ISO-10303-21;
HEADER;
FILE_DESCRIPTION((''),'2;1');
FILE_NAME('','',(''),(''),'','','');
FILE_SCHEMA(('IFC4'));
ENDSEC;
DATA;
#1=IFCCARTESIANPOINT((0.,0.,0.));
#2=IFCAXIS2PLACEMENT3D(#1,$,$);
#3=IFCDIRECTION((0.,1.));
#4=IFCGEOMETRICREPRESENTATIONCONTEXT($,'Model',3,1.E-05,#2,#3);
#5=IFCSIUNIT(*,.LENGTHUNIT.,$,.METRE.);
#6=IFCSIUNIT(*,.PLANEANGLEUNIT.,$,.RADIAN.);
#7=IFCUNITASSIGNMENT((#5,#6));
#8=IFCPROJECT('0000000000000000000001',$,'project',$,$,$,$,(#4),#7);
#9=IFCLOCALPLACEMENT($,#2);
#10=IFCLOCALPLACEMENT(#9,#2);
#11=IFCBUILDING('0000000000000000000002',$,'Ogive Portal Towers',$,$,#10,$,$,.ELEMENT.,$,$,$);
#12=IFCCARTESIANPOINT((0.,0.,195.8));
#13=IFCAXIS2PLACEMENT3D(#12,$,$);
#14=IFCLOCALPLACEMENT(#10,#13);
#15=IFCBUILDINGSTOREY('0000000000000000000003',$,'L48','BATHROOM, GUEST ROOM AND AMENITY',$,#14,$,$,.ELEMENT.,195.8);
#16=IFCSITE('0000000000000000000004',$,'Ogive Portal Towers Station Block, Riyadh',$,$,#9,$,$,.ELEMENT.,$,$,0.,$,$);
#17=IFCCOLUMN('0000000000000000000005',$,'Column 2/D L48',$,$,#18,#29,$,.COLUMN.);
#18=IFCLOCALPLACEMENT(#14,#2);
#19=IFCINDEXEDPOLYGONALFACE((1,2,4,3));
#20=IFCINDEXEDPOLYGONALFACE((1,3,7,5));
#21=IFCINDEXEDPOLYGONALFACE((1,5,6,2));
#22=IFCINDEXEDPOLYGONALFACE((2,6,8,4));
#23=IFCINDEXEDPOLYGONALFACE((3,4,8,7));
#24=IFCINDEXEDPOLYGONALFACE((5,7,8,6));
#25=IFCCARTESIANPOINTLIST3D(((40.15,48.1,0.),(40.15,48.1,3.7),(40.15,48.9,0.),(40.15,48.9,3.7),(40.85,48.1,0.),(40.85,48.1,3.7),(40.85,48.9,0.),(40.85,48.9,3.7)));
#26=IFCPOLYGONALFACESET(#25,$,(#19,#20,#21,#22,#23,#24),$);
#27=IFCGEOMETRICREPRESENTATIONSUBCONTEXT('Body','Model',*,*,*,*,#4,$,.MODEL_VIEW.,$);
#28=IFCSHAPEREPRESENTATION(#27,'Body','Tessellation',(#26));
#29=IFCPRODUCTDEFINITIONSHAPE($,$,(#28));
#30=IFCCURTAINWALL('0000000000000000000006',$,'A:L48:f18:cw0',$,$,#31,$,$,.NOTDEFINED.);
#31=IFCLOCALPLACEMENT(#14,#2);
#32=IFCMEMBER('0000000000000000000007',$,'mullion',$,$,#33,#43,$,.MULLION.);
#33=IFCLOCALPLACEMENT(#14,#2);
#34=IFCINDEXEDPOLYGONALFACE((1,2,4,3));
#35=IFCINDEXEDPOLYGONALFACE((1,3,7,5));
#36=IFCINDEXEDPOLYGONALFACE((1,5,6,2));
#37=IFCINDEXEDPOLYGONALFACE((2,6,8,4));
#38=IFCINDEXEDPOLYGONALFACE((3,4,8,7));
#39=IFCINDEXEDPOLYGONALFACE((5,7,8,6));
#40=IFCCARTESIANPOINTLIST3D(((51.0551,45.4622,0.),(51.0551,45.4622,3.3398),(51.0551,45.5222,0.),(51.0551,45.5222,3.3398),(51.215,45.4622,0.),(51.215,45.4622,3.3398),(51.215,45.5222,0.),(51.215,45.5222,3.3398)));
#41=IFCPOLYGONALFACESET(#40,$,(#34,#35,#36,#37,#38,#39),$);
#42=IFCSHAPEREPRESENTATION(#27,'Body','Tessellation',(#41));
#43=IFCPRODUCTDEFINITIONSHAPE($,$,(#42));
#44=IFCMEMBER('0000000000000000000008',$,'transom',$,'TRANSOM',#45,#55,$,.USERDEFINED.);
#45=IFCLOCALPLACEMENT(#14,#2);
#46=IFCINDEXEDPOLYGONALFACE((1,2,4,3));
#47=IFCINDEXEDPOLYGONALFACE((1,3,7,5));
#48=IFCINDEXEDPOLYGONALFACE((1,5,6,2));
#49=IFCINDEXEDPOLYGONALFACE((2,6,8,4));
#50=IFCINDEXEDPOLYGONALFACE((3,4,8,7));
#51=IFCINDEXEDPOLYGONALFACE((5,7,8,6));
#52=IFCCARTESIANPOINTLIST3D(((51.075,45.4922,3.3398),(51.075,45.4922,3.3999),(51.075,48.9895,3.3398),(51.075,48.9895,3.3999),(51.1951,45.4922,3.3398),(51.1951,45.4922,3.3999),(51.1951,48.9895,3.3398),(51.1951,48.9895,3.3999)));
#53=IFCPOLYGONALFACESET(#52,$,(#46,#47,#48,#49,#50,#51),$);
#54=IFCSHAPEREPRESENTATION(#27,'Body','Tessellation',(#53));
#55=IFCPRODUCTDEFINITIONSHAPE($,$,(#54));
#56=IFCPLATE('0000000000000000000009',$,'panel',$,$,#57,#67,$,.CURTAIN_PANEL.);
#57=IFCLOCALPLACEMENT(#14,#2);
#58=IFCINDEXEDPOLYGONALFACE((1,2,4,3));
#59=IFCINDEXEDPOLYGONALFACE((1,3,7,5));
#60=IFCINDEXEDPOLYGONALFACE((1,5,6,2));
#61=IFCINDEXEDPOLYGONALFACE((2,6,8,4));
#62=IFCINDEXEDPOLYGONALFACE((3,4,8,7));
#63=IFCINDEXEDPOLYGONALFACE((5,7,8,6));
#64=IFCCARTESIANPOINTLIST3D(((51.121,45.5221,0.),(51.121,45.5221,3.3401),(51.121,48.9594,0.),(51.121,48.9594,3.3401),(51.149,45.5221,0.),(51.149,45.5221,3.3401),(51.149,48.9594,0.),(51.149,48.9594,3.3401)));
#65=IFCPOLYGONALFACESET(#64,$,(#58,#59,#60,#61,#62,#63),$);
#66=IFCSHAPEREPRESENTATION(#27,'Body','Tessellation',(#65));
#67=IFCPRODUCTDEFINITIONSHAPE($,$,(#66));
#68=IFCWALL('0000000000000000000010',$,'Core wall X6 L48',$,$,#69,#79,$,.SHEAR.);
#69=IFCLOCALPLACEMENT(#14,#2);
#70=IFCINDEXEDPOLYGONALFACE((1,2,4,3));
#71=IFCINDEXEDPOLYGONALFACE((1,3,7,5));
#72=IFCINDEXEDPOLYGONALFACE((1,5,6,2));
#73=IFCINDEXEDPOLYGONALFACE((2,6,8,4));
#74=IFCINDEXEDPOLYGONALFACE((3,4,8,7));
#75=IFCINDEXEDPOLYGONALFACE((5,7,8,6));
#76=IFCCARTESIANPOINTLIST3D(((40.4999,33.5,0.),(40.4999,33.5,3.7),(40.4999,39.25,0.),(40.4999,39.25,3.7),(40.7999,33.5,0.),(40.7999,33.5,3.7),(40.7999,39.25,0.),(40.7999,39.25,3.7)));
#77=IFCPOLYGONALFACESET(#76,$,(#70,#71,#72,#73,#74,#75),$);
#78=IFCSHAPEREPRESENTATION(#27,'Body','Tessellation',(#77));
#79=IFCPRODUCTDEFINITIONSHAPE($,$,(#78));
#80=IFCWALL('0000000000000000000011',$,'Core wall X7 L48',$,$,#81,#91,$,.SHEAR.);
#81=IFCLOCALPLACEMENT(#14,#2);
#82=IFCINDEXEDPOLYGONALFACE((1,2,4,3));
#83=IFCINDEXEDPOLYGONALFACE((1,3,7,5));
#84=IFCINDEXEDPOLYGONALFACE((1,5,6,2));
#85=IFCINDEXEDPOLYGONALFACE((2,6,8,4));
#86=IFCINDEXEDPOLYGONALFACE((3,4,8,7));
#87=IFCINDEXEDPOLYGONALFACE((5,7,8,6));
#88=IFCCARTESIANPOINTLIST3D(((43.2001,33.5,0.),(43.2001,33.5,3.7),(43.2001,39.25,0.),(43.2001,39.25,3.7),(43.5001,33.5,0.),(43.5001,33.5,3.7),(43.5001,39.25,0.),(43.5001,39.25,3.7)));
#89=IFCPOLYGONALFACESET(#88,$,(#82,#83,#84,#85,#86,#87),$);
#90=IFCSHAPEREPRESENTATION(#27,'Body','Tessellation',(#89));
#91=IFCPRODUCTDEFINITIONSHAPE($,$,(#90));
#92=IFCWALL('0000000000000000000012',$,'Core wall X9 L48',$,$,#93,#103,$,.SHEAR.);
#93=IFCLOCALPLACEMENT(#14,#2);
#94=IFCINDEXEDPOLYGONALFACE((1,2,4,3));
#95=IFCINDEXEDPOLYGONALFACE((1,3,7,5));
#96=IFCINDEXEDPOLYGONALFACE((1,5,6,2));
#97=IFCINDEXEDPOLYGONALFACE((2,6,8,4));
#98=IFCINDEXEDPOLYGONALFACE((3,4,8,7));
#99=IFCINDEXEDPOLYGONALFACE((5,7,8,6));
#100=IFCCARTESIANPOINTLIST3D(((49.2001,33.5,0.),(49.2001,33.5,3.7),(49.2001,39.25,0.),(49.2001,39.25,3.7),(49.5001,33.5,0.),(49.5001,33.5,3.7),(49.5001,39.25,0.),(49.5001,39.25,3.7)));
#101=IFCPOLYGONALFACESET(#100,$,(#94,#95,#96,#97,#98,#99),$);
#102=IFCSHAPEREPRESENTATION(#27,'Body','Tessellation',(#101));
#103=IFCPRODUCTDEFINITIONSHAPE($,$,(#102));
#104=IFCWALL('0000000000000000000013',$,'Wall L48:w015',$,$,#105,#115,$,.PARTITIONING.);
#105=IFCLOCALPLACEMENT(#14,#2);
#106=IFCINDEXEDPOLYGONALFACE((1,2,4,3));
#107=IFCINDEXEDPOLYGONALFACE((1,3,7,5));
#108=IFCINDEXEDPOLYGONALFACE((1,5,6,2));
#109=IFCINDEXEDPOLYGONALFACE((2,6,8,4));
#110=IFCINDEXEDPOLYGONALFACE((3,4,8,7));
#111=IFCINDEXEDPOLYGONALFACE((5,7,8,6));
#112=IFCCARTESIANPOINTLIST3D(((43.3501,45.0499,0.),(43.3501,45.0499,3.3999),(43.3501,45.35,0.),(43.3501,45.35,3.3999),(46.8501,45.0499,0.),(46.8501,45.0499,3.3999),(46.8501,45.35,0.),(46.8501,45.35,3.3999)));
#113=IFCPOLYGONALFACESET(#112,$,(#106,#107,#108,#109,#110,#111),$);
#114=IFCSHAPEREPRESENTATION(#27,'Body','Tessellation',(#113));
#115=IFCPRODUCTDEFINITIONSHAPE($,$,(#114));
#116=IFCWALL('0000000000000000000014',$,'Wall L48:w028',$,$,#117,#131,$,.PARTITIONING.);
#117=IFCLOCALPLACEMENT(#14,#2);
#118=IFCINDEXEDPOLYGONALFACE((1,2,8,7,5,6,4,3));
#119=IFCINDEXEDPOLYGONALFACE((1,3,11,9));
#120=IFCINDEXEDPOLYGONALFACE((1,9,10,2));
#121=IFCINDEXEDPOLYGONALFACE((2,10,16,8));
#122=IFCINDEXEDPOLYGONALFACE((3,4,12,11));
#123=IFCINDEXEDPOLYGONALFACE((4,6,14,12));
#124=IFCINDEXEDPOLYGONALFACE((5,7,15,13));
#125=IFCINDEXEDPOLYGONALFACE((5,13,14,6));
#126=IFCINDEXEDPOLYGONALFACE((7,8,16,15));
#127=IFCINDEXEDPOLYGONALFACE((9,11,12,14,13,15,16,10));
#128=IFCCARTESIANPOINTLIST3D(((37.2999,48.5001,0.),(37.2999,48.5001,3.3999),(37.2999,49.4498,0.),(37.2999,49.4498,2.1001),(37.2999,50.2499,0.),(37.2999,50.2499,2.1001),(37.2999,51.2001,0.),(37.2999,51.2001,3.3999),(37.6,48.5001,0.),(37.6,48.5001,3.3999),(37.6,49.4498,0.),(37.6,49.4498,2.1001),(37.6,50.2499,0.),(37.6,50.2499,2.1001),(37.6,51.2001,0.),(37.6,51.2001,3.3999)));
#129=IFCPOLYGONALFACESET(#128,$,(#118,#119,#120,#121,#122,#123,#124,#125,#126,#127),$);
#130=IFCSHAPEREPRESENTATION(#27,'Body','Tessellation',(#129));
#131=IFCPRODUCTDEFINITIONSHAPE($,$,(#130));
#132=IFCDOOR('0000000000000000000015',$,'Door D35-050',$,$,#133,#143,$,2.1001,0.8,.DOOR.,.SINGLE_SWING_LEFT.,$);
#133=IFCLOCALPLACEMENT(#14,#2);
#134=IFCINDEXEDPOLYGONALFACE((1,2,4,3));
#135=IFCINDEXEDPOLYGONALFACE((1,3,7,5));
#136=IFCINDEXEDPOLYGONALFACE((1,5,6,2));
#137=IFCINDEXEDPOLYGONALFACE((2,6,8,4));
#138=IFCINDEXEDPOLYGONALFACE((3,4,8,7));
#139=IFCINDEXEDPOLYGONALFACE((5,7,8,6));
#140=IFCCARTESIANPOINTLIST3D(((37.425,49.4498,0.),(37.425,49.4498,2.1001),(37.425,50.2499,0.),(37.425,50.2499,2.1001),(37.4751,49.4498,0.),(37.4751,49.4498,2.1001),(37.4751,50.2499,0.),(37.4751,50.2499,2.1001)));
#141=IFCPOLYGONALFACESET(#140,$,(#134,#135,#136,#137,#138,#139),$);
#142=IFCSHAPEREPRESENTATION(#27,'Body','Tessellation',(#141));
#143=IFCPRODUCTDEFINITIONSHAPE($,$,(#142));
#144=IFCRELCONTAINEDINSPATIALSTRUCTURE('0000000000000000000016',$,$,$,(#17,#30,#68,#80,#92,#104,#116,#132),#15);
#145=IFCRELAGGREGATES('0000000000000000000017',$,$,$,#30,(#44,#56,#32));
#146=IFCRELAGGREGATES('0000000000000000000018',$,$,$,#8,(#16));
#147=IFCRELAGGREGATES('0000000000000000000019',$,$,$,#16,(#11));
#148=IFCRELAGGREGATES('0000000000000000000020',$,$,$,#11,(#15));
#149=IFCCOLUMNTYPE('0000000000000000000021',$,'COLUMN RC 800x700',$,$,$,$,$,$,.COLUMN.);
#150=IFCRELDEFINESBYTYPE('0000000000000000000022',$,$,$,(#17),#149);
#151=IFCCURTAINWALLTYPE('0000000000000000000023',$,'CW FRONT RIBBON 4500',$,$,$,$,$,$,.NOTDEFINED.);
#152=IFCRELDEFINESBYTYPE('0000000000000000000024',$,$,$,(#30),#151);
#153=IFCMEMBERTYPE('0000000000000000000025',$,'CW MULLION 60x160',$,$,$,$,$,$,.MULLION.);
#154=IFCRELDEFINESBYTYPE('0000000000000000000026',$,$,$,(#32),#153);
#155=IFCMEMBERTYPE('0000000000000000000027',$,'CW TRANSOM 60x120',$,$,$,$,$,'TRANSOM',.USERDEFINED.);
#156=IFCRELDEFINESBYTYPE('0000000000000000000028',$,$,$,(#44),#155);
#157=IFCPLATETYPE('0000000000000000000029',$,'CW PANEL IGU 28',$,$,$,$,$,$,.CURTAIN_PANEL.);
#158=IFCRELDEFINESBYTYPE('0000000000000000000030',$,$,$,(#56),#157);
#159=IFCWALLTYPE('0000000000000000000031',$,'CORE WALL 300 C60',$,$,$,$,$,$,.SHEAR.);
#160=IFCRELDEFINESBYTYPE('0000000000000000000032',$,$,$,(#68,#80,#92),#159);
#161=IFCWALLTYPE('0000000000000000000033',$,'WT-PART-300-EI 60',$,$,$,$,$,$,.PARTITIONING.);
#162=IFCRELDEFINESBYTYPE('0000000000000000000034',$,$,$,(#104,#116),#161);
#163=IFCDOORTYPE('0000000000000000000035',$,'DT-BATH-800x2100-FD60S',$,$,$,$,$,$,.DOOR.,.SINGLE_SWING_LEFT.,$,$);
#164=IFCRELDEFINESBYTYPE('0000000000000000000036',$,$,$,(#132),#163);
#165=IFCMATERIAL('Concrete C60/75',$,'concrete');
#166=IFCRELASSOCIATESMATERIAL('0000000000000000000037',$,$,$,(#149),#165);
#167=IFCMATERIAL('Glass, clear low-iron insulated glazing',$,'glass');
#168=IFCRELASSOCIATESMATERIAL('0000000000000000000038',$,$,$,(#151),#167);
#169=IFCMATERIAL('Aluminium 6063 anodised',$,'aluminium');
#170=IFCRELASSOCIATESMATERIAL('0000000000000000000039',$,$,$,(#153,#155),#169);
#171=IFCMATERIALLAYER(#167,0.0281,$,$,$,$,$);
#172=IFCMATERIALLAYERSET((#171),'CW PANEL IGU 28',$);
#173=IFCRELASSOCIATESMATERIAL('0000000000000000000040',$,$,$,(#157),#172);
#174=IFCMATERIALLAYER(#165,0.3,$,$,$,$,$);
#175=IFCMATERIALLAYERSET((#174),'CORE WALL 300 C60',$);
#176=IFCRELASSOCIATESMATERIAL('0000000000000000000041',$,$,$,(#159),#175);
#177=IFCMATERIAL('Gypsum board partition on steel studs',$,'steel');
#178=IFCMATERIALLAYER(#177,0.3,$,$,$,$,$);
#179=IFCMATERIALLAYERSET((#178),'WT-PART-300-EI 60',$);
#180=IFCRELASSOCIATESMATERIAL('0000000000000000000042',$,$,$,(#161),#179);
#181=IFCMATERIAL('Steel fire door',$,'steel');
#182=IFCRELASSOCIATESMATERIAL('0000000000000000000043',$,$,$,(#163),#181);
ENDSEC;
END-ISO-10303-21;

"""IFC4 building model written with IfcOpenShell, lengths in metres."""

from ifc_helpers import new_model, si_unit, direction, frame, frame_2d, origin, origin_2d, place, context, subcontext, project, spatial, rectangle, extrude, material, layer, layer_set, material_profile, profile_set, type_object, element, fill, aggregate, save


model = new_model("IFC4")

# Units and contexts
model_context = context("Model", 3, precision=1e-05, world=origin(), true_north=direction((0.0, 1.0)))
body_context = subcontext(model_context, "Body", "Model", "MODEL_VIEW")
ifc_project = project(units=[si_unit("LENGTHUNIT", "METRE"), si_unit("PLANEANGLEUNIT", "RADIAN")], contexts=[model_context])

# Site, building, storey
site_placement = place(None, origin())
site = spatial("IfcSite", under=ifc_project, at=site_placement, Name="Ogive Portal Towers Station Block, Riyadh", CompositionType="ELEMENT", RefElevation=0.0)
building_placement = place(site_placement, origin())
building = spatial("IfcBuilding", under=site, at=building_placement, Name="Ogive Portal Towers", CompositionType="ELEMENT")
storey_placement = place(building_placement, frame((0.0, 0.0, 195.8)))
storey = spatial("IfcBuildingStorey", under=building, at=storey_placement, Name="L48", Description="BATHROOM, GUEST ROOM AND AMENITY", CompositionType="ELEMENT", Elevation=195.8)

# Column
ifc_material_1 = material(Name="Concrete C60/75", Category="concrete")
ifc_material_profile_1 = material_profile(ifc_material_1, rectangle(XDim=0.8, YDim=0.7, at=origin_2d()), Name="RC 800x700")
ifc_profile_set_1 = profile_set([ifc_material_profile_1], Name="Concrete C60/75")
column_type = type_object("IfcColumnType", Name="COLUMN RC 800x700", PredefinedType="COLUMN", material=ifc_profile_set_1)
column_placement = place(storey_placement, frame((40.5, 48.5, 0.0), z_axis=(0.0, 0.0, 1.0), x_axis=(0.0, 1.0, 0.0)))
element("IfcColumn", 1, at=column_placement, inside=storey, type_object=column_type, Name="Column 2/D L48", PredefinedType="COLUMN", context=body_context, shape_type="SweptSolid", body=[
    extrude(rectangle(XDim=0.8, YDim=0.7, at=origin_2d()), origin(), (0.0, 0.0, 1.0), 3.7),
])

# Curtain wall, members, plate
ifc_material_2 = material(Name="Glass, clear low-iron insulated glazing", Category="glass")
curtain_wall_type = type_object("IfcCurtainWallType", Name="CW FRONT RIBBON 4500", PredefinedType="NOTDEFINED", material=ifc_material_2)
curtain_wall_placement = place(storey_placement, origin())
curtain_wall = element("IfcCurtainWall", 2, at=curtain_wall_placement, inside=storey, type_object=curtain_wall_type, Name="A:L48:f18:cw0", PredefinedType="NOTDEFINED")
ifc_material_3 = material(Name="Aluminium 6063 anodised", Category="aluminium")
ifc_material_profile_2 = material_profile(ifc_material_3, rectangle(XDim=0.1599, YDim=0.0601, at=origin_2d()), Name="AL 60x160")
ifc_profile_set_2 = profile_set([ifc_material_profile_2], Name="Aluminium 6063 anodised")
member_type_1 = type_object("IfcMemberType", Name="CW MULLION 60x160", PredefinedType="MULLION", material=ifc_profile_set_2)
member_1_placement = place(storey_placement, frame((51.135, 45.4922, 0.0), z_axis=(0.0, 0.0, 1.0), x_axis=(-1.0, 0.0, 0.0)))
member_1 = element("IfcMember", 3, at=member_1_placement, type_object=member_type_1, Name="mullion", PredefinedType="MULLION", context=body_context, shape_type="SweptSolid", body=[
    extrude(rectangle(XDim=0.1599, YDim=0.0601, at=origin_2d()), origin(), (0.0, 0.0, 1.0), 3.3398),
])
ifc_material_profile_3 = material_profile(ifc_material_3, rectangle(XDim=0.1201, YDim=0.0601, at=origin_2d()), Name="AL 120x60")
ifc_profile_set_3 = profile_set([ifc_material_profile_3], Name="Aluminium 6063 anodised")
member_type_2 = type_object("IfcMemberType", Name="CW TRANSOM 60x120", ElementType="TRANSOM", PredefinedType="USERDEFINED", material=ifc_profile_set_3)
member_2_placement = place(storey_placement, frame((51.135, 45.4922, 3.3699), z_axis=(0.0, 1.0, 0.0), x_axis=(-1.0, 0.0, 0.0)))
member_2 = element("IfcMember", 4, at=member_2_placement, type_object=member_type_2, Name="transom", ObjectType="TRANSOM", PredefinedType="USERDEFINED", context=body_context, shape_type="SweptSolid", body=[
    extrude(rectangle(XDim=0.1201, YDim=0.0601, at=origin_2d()), origin(), (0.0, 0.0, 1.0), 3.4973),
])
ifc_layer_1 = layer(ifc_material_2, 0.0281)
ifc_layer_set_1 = layer_set([ifc_layer_1], Name="CW PANEL IGU 28")
plate_type = type_object("IfcPlateType", Name="CW PANEL IGU 28", PredefinedType="CURTAIN_PANEL", material=ifc_layer_set_1)
plate_placement = place(storey_placement, frame((51.135, 47.2407, 0.0), z_axis=(0.0, 0.0, 1.0), x_axis=(0.0, 1.0, 0.0)))
plate = element("IfcPlate", 5, at=plate_placement, type_object=plate_type, Name="panel", PredefinedType="CURTAIN_PANEL", context=body_context, shape_type="SweptSolid", body=[
    extrude(rectangle(XDim=3.4373, YDim=0.0281, at=origin_2d()), origin(), (0.0, 0.0, 1.0), 3.3401),
])
aggregate(curtain_wall, [member_2, plate, member_1])

# Shared definitions
ifc_layer_2 = layer(ifc_material_1, 0.3)
ifc_layer_set_2 = layer_set([ifc_layer_2], Name="CORE WALL 300 C60")
wall_type_1 = type_object("IfcWallType", Name="CORE WALL 300 C60", PredefinedType="SHEAR", material=ifc_layer_set_2)
ifc_material_4 = material(Name="Steel fire door", Category="steel")

# Walls
for number, where, z_axis, x_axis, name in (
    (6, (40.6499, 33.5, 0.0), (0.0, 0.0, 1.0), (0.0, 1.0, 0.0), "Core wall X6 L48"),
    (7, (43.3501, 33.5, 0.0), (0.0, 0.0, 1.0), (0.0, 1.0, 0.0), "Core wall X7 L48"),
    (8, (49.3501, 33.5, 0.0), (0.0, 0.0, 1.0), (0.0, 1.0, 0.0), "Core wall X9 L48"),
):
    element("IfcWall", number, at=place(storey_placement, frame(where, z_axis=z_axis, x_axis=x_axis)), inside=storey, type_object=wall_type_1, Name=name, PredefinedType="SHEAR", context=body_context, shape_type="SweptSolid", body=[
        extrude(rectangle(XDim=5.75, YDim=0.3, at=frame_2d((2.875, 0.0))), origin(), (0.0, 0.0, 1.0), 3.7),
    ])
ifc_material_5 = material(Name="Gypsum board partition on steel studs", Category="steel")
ifc_layer_3 = layer(ifc_material_5, 0.3)
ifc_layer_set_3 = layer_set([ifc_layer_3], Name="WT-PART-300-EI 60")
wall_type_2 = type_object("IfcWallType", Name="WT-PART-300-EI 60", PredefinedType="PARTITIONING", material=ifc_layer_set_3)
wall_1_placement = place(storey_placement, frame((43.3501, 45.2, 0.0), z_axis=(0.0, 0.0, 1.0), x_axis=(1.0, 0.0, 0.0)))
element("IfcWall", 9, at=wall_1_placement, inside=storey, type_object=wall_type_2, Name="Wall L48:w015", PredefinedType="PARTITIONING", context=body_context, shape_type="SweptSolid", body=[
    extrude(rectangle(XDim=3.5, YDim=0.3, at=frame_2d((1.75, 0.0))), origin(), (0.0, 0.0, 1.0), 3.3999),
])

# Wall, opening, door
wall_2_placement = place(storey_placement, frame((37.45, 48.5, 0.0), z_axis=(0.0, 0.0, 1.0), x_axis=(0.0, 1.0, 0.0)))
wall_2 = element("IfcWall", 10, at=wall_2_placement, inside=storey, type_object=wall_type_2, Name="Wall L48:w028", PredefinedType="PARTITIONING", context=body_context, shape_type="SweptSolid", body=[
    extrude(rectangle(XDim=2.7, YDim=0.3, at=frame_2d((1.3501, 0.0))), origin(), (0.0, 0.0, 1.0), 3.3999),
])
opening_1_placement = place(wall_2_placement, frame((0.95, 0.0, 0.0)))
opening_1 = element("IfcOpeningElement", 11, at=opening_1_placement, cuts=wall_2, PredefinedType="OPENING", context=body_context, shape_type="SweptSolid", body=[
    extrude(rectangle(XDim=0.8, YDim=2.1001, at=frame_2d((0.3999, 1.05))), frame((0.0, 0.1602, 0.0), z_axis=(0.0, -1.0, 0.0), x_axis=(1.0, 0.0, 0.0)), (0.0, 0.0, 1.0), 0.3201),
])
door_type_1 = type_object("IfcDoorType", Name="DT-BATH-800x2100-FD60S", OperationType="SINGLE_SWING_LEFT", PredefinedType="DOOR", material=ifc_material_4)
door_1_placement = place(opening_1_placement, origin())
door_1 = element("IfcDoor", 12, at=door_1_placement, inside=storey, type_object=door_type_1, Name="Door D35-050", OperationType="SINGLE_SWING_LEFT", OverallHeight=2.1001, OverallWidth=0.8, PredefinedType="DOOR", context=body_context, shape_type="SweptSolid", body=[
    extrude(rectangle(XDim=0.8, YDim=2.1001, at=frame_2d((0.3999, 1.05))), frame((0.0, 0.0249, 0.0), z_axis=(0.0, -1.0, 0.0), x_axis=(1.0, 0.0, 0.0)), (0.0, 0.0, 1.0), 0.05),
])
fill(opening_1, door_1)

save(model, "model.ifc")
